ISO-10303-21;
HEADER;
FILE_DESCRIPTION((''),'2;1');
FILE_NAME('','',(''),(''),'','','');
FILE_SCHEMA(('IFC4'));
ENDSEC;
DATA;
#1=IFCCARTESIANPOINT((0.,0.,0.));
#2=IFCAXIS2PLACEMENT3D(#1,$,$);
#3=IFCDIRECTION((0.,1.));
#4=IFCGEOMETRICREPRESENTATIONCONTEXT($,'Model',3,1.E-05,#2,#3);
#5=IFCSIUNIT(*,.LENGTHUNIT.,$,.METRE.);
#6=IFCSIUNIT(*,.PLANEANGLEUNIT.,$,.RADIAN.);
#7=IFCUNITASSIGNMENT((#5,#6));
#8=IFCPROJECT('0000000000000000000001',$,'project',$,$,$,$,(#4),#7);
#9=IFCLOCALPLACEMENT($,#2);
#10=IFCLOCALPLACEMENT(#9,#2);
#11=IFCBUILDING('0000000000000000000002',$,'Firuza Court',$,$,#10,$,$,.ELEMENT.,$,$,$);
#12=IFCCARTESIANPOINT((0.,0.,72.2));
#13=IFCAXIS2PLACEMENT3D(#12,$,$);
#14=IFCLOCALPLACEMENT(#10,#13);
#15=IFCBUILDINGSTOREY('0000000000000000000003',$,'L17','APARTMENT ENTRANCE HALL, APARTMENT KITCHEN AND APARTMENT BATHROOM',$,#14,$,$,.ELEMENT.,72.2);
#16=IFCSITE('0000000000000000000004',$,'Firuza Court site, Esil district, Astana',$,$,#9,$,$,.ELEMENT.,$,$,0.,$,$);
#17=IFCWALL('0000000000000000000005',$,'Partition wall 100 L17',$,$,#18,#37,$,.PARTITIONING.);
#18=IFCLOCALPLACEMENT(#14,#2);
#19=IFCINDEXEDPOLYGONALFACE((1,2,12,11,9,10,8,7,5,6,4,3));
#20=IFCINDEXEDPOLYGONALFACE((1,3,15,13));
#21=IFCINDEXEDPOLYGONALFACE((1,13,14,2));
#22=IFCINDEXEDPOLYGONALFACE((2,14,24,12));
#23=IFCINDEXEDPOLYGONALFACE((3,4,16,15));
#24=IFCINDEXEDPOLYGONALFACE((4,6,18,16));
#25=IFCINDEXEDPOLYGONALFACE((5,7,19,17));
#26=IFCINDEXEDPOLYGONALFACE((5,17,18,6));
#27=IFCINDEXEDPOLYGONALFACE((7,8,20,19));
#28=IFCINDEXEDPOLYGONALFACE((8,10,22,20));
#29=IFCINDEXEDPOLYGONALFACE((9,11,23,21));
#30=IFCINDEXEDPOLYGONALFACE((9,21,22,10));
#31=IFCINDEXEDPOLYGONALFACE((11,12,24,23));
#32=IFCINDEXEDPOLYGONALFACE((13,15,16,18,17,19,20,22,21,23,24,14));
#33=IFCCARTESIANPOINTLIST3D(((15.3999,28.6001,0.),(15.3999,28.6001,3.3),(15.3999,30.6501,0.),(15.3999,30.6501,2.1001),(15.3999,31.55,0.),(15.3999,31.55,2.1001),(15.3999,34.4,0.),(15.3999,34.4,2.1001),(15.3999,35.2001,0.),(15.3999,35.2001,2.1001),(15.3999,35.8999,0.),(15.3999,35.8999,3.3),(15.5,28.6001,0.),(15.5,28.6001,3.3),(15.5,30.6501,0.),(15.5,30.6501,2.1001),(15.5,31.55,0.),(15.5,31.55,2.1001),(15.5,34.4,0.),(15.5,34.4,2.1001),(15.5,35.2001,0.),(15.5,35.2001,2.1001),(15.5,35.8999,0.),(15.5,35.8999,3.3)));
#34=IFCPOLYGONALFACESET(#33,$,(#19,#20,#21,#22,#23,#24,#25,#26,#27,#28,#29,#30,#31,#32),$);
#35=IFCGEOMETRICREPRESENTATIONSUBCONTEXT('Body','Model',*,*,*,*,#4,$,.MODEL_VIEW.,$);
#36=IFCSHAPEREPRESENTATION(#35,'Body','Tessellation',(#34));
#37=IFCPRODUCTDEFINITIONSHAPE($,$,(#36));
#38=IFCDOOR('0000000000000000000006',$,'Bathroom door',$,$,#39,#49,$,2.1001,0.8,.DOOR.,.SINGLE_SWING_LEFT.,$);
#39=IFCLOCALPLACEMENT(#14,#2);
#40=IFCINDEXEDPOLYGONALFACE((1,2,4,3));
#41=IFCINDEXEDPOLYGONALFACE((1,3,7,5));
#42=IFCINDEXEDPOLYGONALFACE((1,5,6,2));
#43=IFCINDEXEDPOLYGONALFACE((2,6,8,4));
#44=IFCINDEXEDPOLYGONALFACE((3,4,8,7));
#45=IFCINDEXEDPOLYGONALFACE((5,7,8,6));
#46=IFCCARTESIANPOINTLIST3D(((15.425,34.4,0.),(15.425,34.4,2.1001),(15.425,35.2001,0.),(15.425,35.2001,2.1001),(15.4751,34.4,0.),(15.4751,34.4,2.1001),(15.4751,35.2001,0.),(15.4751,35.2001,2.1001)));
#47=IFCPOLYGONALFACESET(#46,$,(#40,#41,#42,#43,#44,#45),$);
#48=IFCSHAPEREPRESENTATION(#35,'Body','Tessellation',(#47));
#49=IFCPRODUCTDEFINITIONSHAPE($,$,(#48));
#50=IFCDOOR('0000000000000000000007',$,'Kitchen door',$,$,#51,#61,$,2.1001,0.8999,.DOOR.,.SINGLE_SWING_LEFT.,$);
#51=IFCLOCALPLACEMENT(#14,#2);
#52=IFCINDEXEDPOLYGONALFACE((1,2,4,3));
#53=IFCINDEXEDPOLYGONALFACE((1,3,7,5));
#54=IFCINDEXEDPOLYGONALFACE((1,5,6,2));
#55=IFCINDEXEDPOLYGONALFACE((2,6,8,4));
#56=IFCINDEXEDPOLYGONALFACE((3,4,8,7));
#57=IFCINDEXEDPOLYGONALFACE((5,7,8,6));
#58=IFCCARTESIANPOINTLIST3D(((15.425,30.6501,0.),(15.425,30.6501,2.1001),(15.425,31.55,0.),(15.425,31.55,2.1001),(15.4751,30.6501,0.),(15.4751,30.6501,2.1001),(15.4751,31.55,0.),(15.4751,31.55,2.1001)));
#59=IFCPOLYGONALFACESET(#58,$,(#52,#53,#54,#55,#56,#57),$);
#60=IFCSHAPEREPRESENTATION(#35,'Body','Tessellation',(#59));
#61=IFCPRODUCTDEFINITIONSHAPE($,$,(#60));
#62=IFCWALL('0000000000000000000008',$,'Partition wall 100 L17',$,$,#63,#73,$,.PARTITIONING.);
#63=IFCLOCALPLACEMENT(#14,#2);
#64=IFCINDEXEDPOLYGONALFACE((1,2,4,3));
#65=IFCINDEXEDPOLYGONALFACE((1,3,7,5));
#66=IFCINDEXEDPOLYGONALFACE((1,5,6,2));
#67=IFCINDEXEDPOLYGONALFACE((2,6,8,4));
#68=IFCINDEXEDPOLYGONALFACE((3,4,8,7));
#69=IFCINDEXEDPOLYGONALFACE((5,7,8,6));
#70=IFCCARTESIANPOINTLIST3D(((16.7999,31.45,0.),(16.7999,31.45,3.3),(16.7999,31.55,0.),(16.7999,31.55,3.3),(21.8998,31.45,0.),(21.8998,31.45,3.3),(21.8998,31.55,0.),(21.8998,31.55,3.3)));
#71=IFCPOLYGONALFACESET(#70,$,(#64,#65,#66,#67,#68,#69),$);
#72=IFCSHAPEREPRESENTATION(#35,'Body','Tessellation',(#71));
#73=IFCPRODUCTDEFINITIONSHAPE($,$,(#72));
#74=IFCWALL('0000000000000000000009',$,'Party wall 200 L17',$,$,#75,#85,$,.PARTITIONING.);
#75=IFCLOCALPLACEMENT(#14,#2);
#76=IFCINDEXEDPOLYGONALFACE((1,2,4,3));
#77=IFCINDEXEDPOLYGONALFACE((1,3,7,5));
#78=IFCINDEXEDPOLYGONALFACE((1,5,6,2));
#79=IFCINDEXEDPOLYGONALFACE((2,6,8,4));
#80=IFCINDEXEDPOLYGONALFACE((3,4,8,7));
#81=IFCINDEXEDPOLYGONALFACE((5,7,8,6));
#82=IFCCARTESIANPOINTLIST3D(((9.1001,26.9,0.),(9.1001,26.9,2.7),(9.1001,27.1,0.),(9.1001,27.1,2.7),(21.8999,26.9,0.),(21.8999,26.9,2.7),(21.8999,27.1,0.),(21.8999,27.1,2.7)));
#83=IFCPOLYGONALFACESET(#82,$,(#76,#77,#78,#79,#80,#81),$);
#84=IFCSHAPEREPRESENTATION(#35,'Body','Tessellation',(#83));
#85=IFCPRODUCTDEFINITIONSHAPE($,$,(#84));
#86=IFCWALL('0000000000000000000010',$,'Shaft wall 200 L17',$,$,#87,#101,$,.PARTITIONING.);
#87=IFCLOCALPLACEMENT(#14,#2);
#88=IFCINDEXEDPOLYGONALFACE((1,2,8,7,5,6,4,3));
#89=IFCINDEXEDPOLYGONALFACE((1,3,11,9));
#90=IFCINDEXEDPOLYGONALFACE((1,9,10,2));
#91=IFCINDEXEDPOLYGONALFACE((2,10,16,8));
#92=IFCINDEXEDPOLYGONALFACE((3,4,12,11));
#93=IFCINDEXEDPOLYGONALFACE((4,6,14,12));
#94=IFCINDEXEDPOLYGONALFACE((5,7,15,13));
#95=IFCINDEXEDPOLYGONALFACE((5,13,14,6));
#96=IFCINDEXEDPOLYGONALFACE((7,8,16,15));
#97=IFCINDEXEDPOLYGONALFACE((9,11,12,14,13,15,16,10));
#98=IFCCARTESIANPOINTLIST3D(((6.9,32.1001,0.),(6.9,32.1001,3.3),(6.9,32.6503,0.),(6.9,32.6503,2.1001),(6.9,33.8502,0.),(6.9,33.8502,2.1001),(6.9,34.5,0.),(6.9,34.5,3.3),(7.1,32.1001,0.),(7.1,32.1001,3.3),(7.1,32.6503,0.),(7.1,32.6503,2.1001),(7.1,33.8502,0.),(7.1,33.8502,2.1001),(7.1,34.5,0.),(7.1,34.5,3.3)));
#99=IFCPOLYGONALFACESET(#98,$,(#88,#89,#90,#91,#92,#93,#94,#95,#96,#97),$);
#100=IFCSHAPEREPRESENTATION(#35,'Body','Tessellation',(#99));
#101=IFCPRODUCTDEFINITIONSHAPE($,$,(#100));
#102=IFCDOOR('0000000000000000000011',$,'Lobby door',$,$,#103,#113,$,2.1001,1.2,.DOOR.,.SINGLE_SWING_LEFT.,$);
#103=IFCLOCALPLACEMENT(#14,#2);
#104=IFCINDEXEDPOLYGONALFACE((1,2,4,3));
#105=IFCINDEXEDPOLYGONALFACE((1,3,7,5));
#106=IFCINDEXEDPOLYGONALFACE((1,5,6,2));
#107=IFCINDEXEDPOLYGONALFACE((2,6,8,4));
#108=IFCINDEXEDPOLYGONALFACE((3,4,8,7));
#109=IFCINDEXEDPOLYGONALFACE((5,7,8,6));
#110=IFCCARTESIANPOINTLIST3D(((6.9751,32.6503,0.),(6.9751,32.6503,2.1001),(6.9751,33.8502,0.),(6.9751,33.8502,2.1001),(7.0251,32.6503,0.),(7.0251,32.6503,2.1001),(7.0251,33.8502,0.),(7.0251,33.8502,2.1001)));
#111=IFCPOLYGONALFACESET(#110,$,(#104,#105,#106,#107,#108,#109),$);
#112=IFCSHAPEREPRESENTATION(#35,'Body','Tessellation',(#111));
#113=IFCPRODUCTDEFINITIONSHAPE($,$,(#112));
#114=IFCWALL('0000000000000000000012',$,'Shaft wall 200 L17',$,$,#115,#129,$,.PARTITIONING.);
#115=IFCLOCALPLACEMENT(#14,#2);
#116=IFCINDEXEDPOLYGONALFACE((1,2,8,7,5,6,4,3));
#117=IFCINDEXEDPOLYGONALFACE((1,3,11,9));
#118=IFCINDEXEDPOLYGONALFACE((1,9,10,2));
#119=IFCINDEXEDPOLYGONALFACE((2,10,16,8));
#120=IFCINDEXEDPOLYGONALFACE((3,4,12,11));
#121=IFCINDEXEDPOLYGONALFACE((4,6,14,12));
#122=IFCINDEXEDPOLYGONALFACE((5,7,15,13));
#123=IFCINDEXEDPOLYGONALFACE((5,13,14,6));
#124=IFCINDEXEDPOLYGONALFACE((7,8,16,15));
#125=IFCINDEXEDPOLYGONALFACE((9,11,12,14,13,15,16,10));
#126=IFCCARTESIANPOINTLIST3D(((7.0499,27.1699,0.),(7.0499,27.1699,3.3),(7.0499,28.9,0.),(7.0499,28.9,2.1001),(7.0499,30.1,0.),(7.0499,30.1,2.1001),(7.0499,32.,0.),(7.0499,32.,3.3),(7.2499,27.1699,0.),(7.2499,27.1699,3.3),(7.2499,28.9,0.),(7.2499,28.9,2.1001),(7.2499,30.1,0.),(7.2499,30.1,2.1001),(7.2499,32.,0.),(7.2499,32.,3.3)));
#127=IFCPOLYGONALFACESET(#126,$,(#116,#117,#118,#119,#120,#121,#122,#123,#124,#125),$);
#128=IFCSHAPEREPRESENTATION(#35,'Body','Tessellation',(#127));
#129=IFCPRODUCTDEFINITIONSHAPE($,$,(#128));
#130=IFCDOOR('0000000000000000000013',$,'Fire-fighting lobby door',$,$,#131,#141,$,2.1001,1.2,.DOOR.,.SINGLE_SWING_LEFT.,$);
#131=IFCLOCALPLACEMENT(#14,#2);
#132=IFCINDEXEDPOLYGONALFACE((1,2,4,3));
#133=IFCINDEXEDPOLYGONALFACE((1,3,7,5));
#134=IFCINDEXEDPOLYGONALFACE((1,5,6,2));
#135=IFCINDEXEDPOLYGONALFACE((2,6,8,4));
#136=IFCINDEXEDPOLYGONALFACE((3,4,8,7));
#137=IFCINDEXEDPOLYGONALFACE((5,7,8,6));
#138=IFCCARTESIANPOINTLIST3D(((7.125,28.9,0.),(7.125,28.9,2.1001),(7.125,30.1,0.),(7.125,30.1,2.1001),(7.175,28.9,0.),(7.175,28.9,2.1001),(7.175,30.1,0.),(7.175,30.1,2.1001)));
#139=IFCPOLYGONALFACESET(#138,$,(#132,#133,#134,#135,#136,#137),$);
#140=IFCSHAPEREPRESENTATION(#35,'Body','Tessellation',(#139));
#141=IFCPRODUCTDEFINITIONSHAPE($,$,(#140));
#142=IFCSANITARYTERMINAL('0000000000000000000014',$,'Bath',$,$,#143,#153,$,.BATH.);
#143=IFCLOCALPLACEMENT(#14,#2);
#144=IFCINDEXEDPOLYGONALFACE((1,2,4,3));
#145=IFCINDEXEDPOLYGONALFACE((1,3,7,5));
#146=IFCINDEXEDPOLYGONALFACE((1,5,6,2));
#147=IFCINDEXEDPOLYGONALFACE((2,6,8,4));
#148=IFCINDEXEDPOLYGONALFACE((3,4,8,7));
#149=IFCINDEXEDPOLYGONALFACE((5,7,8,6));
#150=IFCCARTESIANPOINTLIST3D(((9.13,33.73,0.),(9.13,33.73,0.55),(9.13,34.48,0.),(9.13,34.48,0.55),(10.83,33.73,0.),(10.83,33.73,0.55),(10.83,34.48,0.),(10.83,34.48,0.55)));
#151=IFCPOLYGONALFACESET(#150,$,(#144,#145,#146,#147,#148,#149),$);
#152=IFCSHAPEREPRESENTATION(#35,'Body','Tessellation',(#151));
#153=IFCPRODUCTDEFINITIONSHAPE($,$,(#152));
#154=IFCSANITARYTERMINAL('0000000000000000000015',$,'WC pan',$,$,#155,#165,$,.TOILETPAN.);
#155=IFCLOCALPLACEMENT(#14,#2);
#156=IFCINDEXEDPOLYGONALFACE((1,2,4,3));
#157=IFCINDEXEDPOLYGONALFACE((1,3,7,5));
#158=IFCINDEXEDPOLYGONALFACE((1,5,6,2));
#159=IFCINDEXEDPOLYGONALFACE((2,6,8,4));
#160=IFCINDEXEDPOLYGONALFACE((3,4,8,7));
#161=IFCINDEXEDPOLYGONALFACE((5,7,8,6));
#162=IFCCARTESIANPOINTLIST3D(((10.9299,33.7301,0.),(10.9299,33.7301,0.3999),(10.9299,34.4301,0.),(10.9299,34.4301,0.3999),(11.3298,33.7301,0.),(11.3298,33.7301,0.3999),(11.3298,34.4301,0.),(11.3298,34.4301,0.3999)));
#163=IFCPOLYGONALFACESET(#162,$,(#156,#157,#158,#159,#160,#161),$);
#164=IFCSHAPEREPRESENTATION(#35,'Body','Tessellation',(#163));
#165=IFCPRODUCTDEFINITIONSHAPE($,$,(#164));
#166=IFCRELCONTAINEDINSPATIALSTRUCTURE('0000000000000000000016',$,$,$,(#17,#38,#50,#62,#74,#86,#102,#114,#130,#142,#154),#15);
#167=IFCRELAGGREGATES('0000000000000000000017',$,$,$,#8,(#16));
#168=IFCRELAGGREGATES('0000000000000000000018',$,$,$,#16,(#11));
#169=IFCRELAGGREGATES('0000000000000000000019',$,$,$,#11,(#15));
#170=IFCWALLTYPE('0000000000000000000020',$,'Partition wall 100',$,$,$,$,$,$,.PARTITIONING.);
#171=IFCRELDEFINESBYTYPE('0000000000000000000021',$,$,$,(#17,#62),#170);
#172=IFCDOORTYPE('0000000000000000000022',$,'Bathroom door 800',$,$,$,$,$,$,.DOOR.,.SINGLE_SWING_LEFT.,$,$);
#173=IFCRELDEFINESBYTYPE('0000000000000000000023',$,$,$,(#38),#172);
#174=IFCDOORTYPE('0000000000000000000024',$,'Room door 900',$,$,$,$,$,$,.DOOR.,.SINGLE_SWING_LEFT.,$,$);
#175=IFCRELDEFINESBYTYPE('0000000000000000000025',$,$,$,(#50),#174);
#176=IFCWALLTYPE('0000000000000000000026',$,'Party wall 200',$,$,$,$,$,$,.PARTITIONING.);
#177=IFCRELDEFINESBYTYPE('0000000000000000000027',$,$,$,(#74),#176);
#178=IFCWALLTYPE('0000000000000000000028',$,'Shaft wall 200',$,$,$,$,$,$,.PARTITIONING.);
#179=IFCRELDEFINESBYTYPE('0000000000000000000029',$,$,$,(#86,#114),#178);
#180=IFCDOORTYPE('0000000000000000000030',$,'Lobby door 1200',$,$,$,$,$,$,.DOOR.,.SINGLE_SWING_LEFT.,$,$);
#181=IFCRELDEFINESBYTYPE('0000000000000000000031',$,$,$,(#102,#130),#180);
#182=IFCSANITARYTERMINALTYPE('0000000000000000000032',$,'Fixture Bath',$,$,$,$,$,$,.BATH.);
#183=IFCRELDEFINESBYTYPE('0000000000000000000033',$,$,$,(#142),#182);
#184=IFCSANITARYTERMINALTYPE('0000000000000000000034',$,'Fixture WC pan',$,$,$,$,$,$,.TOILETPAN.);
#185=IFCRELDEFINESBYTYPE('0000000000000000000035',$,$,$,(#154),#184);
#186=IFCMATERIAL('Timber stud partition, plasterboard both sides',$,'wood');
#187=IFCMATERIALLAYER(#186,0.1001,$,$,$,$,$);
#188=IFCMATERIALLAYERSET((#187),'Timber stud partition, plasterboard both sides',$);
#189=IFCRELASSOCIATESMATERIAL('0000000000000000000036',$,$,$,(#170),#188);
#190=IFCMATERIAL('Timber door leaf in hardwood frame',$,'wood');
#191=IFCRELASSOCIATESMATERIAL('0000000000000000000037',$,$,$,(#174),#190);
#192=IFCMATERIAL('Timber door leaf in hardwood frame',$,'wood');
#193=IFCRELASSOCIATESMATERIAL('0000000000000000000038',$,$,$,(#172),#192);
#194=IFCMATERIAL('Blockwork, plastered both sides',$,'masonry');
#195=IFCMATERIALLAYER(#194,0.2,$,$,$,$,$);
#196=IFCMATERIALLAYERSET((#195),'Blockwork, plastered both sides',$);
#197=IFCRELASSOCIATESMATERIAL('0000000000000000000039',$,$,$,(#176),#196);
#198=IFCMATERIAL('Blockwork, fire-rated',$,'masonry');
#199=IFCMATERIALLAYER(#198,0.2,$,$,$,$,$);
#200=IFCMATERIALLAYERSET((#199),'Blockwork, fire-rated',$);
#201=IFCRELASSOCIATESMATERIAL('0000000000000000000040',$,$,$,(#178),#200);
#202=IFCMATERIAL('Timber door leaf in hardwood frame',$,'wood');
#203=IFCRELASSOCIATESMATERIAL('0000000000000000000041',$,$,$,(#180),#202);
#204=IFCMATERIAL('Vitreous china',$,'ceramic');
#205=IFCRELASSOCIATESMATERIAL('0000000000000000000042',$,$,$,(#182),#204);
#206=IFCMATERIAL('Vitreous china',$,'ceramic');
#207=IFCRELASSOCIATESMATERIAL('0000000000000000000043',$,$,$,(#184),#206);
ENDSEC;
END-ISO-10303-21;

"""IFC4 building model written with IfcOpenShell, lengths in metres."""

from ifc_helpers import new_model, si_unit, direction, frame, frame_2d, origin, origin_2d, place, context, subcontext, project, spatial, rectangle, extrude, material, layer, layer_set, type_object, element, fill, save


model = new_model("IFC4")

# Units and contexts
model_context = context("Model", 3, precision=1e-05, world=origin(), true_north=direction((0.0, 1.0)))
body_context = subcontext(model_context, "Body", "Model", "MODEL_VIEW")
ifc_project = project(units=[si_unit("LENGTHUNIT", "METRE"), si_unit("PLANEANGLEUNIT", "RADIAN")], contexts=[model_context])

# Site, building, storey
site_placement = place(None, origin())
site = spatial("IfcSite", under=ifc_project, at=site_placement, Name="Firuza Court site, Esil district, Astana", CompositionType="ELEMENT", RefElevation=0.0)
building_placement = place(site_placement, origin())
building = spatial("IfcBuilding", under=site, at=building_placement, Name="Firuza Court", CompositionType="ELEMENT")
storey_placement = place(building_placement, frame((0.0, 0.0, 72.2)))
storey = spatial("IfcBuildingStorey", under=building, at=storey_placement, Name="L17", Description="APARTMENT ENTRANCE HALL, APARTMENT KITCHEN AND APARTMENT BATHROOM", CompositionType="ELEMENT", Elevation=72.2)

# Shared definitions
ifc_material_1 = material(Name="Blockwork, plastered both sides", Category="masonry")
ifc_material_2 = material(Name="Timber stud partition, plasterboard both sides", Category="wood")
ifc_layer_1 = layer(ifc_material_2, 0.1001)
ifc_layer_set_1 = layer_set([ifc_layer_1], Name="Timber stud partition, plasterboard both sides")
wall_type_1 = type_object("IfcWallType", Name="Partition wall 100", PredefinedType="PARTITIONING", material=ifc_layer_set_1)
ifc_material_3 = material(Name="Timber door leaf in hardwood frame", Category="wood")
door_type_1 = type_object("IfcDoorType", Name="Room door 900", OperationType="SINGLE_SWING_LEFT", PredefinedType="DOOR", material=ifc_material_3)

# Wall, openings, doors
wall_1_placement = place(storey_placement, frame((15.45, 28.6001, 0.0), z_axis=(0.0, 0.0, 1.0), x_axis=(0.0, 1.0, 0.0)))
wall_1 = element("IfcWall", 1, at=wall_1_placement, inside=storey, type_object=wall_type_1, Name="Partition wall 100 L17", PredefinedType="PARTITIONING", context=body_context, shape_type="SweptSolid", body=[
    extrude(rectangle(XDim=7.2998, YDim=0.1001, at=frame_2d((3.6499, 0.0))), origin(), (0.0, 0.0, 1.0), 3.3),
])
opening_1_placement = place(wall_1_placement, frame((5.8, 0.0, 0.0)))
opening_1 = element("IfcOpeningElement", 2, at=opening_1_placement, cuts=wall_1, PredefinedType="OPENING", context=body_context, shape_type="SweptSolid", body=[
    extrude(rectangle(XDim=0.8, YDim=2.1001, at=frame_2d((0.3999, 1.05))), frame((0.0, 0.062, 0.0), z_axis=(0.0, -1.0, 0.0), x_axis=(1.0, 0.0, 0.0)), (0.0, 0.0, 1.0), 0.124),
])
opening_2_placement = place(wall_1_placement, frame((2.05, 0.0, 0.0)))
opening_2 = element("IfcOpeningElement", 3, at=opening_2_placement, cuts=wall_1, PredefinedType="OPENING", context=body_context, shape_type="SweptSolid", body=[
    extrude(rectangle(XDim=0.8999, YDim=2.1001, at=frame_2d((0.45, 1.05))), frame((0.0, 0.062, 0.0), z_axis=(0.0, -1.0, 0.0), x_axis=(1.0, 0.0, 0.0)), (0.0, 0.0, 1.0), 0.124),
])
ifc_material_4 = material(Name="Timber door leaf in hardwood frame", Category="wood")
door_type_2 = type_object("IfcDoorType", Name="Bathroom door 800", OperationType="SINGLE_SWING_LEFT", PredefinedType="DOOR", material=ifc_material_4)
door_1_placement = place(opening_1_placement, origin())
door_1 = element("IfcDoor", 4, at=door_1_placement, inside=storey, type_object=door_type_2, Name="Bathroom door", OperationType="SINGLE_SWING_LEFT", OverallHeight=2.1001, OverallWidth=0.8, PredefinedType="DOOR", context=body_context, shape_type="SweptSolid", body=[
    extrude(rectangle(XDim=0.8, YDim=2.1001, at=frame_2d((0.3999, 1.05))), frame((0.0, 0.0249, 0.0), z_axis=(0.0, -1.0, 0.0), x_axis=(1.0, 0.0, 0.0)), (0.0, 0.0, 1.0), 0.05),
])
fill(opening_1, door_1)
door_2_placement = place(opening_2_placement, origin())
door_2 = element("IfcDoor", 5, at=door_2_placement, inside=storey, type_object=door_type_1, Name="Kitchen door", OperationType="SINGLE_SWING_LEFT", OverallHeight=2.1001, OverallWidth=0.8999, PredefinedType="DOOR", context=body_context, shape_type="SweptSolid", body=[
    extrude(rectangle(XDim=0.8999, YDim=2.1001, at=frame_2d((0.45, 1.05))), frame((0.0, 0.0249, 0.0), z_axis=(0.0, -1.0, 0.0), x_axis=(1.0, 0.0, 0.0)), (0.0, 0.0, 1.0), 0.05),
])
fill(opening_2, door_2)

# Walls
wall_2_placement = place(storey_placement, frame((16.8, 31.5, 0.0), z_axis=(0.0, 0.0, 1.0), x_axis=(1.0, 0.0, 0.0)))
element("IfcWall", 6, at=wall_2_placement, inside=storey, type_object=wall_type_1, Name="Partition wall 100 L17", PredefinedType="PARTITIONING", context=body_context, shape_type="SweptSolid", body=[
    extrude(rectangle(XDim=5.0999, YDim=0.1001, at=frame_2d((2.5498, 0.0))), origin(), (0.0, 0.0, 1.0), 3.3),
])
ifc_layer_2 = layer(ifc_material_1, 0.2)
ifc_layer_set_2 = layer_set([ifc_layer_2], Name="Blockwork, plastered both sides")
wall_type_2 = type_object("IfcWallType", Name="Party wall 200", PredefinedType="PARTITIONING", material=ifc_layer_set_2)
wall_3_placement = place(storey_placement, frame((9.1001, 27.0, 0.0), z_axis=(0.0, 0.0, 1.0), x_axis=(1.0, 0.0, 0.0)))
element("IfcWall", 7, at=wall_3_placement, inside=storey, type_object=wall_type_2, Name="Party wall 200 L17", PredefinedType="PARTITIONING", context=body_context, shape_type="SweptSolid", body=[
    extrude(rectangle(XDim=12.7998, YDim=0.2, at=frame_2d((6.3999, 0.0))), origin(), (0.0, 0.0, 1.0), 2.7),
])

# Walls, openings, doors
ifc_material_5 = material(Name="Blockwork, fire-rated", Category="masonry")
ifc_layer_3 = layer(ifc_material_5, 0.2)
ifc_layer_set_3 = layer_set([ifc_layer_3], Name="Blockwork, fire-rated")
wall_type_3 = type_object("IfcWallType", Name="Shaft wall 200", PredefinedType="PARTITIONING", material=ifc_layer_set_3)
wall_4_placement = place(storey_placement, frame((7.0, 32.1001, 0.0), z_axis=(0.0, 0.0, 1.0), x_axis=(0.0, 1.0, 0.0)))
wall_4 = element("IfcWall", 8, at=wall_4_placement, inside=storey, type_object=wall_type_3, Name="Shaft wall 200 L17", PredefinedType="PARTITIONING", context=body_context, shape_type="SweptSolid", body=[
    extrude(rectangle(XDim=2.3999, YDim=0.2, at=frame_2d((1.2, 0.0))), origin(), (0.0, 0.0, 1.0), 3.3),
])
opening_3_placement = place(wall_4_placement, frame((0.55, 0.0, 0.0)))
opening_3 = element("IfcOpeningElement", 9, at=opening_3_placement, cuts=wall_4, PredefinedType="OPENING", context=body_context, shape_type="SweptSolid", body=[
    extrude(rectangle(XDim=1.2, YDim=2.1001, at=frame_2d((0.6001, 1.05))), frame((0.0, 0.1118, 0.0), z_axis=(0.0, -1.0, 0.0), x_axis=(1.0, 0.0, 0.0)), (0.0, 0.0, 1.0), 0.2239),
])
ifc_material_6 = material(Name="Timber door leaf in hardwood frame", Category="wood")
door_type_3 = type_object("IfcDoorType", Name="Lobby door 1200", OperationType="SINGLE_SWING_LEFT", PredefinedType="DOOR", material=ifc_material_6)
door_3_placement = place(opening_3_placement, origin())
door_3 = element("IfcDoor", 10, at=door_3_placement, inside=storey, type_object=door_type_3, Name="Lobby door", OperationType="SINGLE_SWING_LEFT", OverallHeight=2.1001, OverallWidth=1.2, PredefinedType="DOOR", context=body_context, shape_type="SweptSolid", body=[
    extrude(rectangle(XDim=1.2, YDim=2.1001, at=frame_2d((0.6001, 1.05))), frame((0.0, 0.0249, 0.0), z_axis=(0.0, -1.0, 0.0), x_axis=(1.0, 0.0, 0.0)), (0.0, 0.0, 1.0), 0.05),
])
fill(opening_3, door_3)
wall_5_placement = place(storey_placement, frame((7.1499, 27.1699, 0.0), z_axis=(0.0, 0.0, 1.0), x_axis=(0.0, 1.0, 0.0)))
wall_5 = element("IfcWall", 11, at=wall_5_placement, inside=storey, type_object=wall_type_3, Name="Shaft wall 200 L17", PredefinedType="PARTITIONING", context=body_context, shape_type="SweptSolid", body=[
    extrude(rectangle(XDim=4.8301, YDim=0.2, at=frame_2d((2.415, 0.0))), origin(), (0.0, 0.0, 1.0), 3.3),
])
opening_4_placement = place(wall_5_placement, frame((1.73, 0.0, 0.0)))
opening_4 = element("IfcOpeningElement", 12, at=opening_4_placement, cuts=wall_5, PredefinedType="OPENING", context=body_context, shape_type="SweptSolid", body=[
    extrude(rectangle(XDim=1.2, YDim=2.1001, at=frame_2d((0.6001, 1.05))), frame((0.0, 0.1118, 0.0), z_axis=(0.0, -1.0, 0.0), x_axis=(1.0, 0.0, 0.0)), (0.0, 0.0, 1.0), 0.2239),
])
door_4_placement = place(opening_4_placement, origin())
door_4 = element("IfcDoor", 13, at=door_4_placement, inside=storey, type_object=door_type_3, Name="Fire-fighting lobby door", OperationType="SINGLE_SWING_LEFT", OverallHeight=2.1001, OverallWidth=1.2, PredefinedType="DOOR", context=body_context, shape_type="SweptSolid", body=[
    extrude(rectangle(XDim=1.2, YDim=2.1001, at=frame_2d((0.6001, 1.05))), frame((0.0, 0.0249, 0.0), z_axis=(0.0, -1.0, 0.0), x_axis=(1.0, 0.0, 0.0)), (0.0, 0.0, 1.0), 0.05),
])
fill(opening_4, door_4)

# Sanitary terminals
ifc_material_7 = material(Name="Vitreous china", Category="ceramic")
sanitary_terminal_type_1 = type_object("IfcSanitaryTerminalType", Name="Fixture Bath", PredefinedType="BATH", material=ifc_material_7)
sanitary_terminal_1_placement = place(storey_placement, frame((9.98, 34.105, 0.0), z_axis=(0.0, 0.0, 1.0), x_axis=(1.0, 0.0, 0.0)))
element("IfcSanitaryTerminal", 14, at=sanitary_terminal_1_placement, inside=storey, type_object=sanitary_terminal_type_1, Name="Bath", PredefinedType="BATH", context=body_context, shape_type="SweptSolid", body=[
    extrude(rectangle(XDim=1.7, YDim=0.75, at=origin_2d()), origin(), (0.0, 0.0, 1.0), 0.55),
])
ifc_material_8 = material(Name="Vitreous china", Category="ceramic")
sanitary_terminal_type_2 = type_object("IfcSanitaryTerminalType", Name="Fixture WC pan", PredefinedType="TOILETPAN", material=ifc_material_8)
sanitary_terminal_2_placement = place(storey_placement, frame((11.1299, 34.0801, 0.0), z_axis=(0.0, 0.0, 1.0), x_axis=(1.0, 0.0, 0.0)))
element("IfcSanitaryTerminal", 15, at=sanitary_terminal_2_placement, inside=storey, type_object=sanitary_terminal_type_2, Name="WC pan", PredefinedType="TOILETPAN", context=body_context, shape_type="SweptSolid", body=[
    extrude(rectangle(XDim=0.3999, YDim=0.7, at=origin_2d()), origin(), (0.0, 0.0, 1.0), 0.3999),
])

save(model, "model.ifc")
